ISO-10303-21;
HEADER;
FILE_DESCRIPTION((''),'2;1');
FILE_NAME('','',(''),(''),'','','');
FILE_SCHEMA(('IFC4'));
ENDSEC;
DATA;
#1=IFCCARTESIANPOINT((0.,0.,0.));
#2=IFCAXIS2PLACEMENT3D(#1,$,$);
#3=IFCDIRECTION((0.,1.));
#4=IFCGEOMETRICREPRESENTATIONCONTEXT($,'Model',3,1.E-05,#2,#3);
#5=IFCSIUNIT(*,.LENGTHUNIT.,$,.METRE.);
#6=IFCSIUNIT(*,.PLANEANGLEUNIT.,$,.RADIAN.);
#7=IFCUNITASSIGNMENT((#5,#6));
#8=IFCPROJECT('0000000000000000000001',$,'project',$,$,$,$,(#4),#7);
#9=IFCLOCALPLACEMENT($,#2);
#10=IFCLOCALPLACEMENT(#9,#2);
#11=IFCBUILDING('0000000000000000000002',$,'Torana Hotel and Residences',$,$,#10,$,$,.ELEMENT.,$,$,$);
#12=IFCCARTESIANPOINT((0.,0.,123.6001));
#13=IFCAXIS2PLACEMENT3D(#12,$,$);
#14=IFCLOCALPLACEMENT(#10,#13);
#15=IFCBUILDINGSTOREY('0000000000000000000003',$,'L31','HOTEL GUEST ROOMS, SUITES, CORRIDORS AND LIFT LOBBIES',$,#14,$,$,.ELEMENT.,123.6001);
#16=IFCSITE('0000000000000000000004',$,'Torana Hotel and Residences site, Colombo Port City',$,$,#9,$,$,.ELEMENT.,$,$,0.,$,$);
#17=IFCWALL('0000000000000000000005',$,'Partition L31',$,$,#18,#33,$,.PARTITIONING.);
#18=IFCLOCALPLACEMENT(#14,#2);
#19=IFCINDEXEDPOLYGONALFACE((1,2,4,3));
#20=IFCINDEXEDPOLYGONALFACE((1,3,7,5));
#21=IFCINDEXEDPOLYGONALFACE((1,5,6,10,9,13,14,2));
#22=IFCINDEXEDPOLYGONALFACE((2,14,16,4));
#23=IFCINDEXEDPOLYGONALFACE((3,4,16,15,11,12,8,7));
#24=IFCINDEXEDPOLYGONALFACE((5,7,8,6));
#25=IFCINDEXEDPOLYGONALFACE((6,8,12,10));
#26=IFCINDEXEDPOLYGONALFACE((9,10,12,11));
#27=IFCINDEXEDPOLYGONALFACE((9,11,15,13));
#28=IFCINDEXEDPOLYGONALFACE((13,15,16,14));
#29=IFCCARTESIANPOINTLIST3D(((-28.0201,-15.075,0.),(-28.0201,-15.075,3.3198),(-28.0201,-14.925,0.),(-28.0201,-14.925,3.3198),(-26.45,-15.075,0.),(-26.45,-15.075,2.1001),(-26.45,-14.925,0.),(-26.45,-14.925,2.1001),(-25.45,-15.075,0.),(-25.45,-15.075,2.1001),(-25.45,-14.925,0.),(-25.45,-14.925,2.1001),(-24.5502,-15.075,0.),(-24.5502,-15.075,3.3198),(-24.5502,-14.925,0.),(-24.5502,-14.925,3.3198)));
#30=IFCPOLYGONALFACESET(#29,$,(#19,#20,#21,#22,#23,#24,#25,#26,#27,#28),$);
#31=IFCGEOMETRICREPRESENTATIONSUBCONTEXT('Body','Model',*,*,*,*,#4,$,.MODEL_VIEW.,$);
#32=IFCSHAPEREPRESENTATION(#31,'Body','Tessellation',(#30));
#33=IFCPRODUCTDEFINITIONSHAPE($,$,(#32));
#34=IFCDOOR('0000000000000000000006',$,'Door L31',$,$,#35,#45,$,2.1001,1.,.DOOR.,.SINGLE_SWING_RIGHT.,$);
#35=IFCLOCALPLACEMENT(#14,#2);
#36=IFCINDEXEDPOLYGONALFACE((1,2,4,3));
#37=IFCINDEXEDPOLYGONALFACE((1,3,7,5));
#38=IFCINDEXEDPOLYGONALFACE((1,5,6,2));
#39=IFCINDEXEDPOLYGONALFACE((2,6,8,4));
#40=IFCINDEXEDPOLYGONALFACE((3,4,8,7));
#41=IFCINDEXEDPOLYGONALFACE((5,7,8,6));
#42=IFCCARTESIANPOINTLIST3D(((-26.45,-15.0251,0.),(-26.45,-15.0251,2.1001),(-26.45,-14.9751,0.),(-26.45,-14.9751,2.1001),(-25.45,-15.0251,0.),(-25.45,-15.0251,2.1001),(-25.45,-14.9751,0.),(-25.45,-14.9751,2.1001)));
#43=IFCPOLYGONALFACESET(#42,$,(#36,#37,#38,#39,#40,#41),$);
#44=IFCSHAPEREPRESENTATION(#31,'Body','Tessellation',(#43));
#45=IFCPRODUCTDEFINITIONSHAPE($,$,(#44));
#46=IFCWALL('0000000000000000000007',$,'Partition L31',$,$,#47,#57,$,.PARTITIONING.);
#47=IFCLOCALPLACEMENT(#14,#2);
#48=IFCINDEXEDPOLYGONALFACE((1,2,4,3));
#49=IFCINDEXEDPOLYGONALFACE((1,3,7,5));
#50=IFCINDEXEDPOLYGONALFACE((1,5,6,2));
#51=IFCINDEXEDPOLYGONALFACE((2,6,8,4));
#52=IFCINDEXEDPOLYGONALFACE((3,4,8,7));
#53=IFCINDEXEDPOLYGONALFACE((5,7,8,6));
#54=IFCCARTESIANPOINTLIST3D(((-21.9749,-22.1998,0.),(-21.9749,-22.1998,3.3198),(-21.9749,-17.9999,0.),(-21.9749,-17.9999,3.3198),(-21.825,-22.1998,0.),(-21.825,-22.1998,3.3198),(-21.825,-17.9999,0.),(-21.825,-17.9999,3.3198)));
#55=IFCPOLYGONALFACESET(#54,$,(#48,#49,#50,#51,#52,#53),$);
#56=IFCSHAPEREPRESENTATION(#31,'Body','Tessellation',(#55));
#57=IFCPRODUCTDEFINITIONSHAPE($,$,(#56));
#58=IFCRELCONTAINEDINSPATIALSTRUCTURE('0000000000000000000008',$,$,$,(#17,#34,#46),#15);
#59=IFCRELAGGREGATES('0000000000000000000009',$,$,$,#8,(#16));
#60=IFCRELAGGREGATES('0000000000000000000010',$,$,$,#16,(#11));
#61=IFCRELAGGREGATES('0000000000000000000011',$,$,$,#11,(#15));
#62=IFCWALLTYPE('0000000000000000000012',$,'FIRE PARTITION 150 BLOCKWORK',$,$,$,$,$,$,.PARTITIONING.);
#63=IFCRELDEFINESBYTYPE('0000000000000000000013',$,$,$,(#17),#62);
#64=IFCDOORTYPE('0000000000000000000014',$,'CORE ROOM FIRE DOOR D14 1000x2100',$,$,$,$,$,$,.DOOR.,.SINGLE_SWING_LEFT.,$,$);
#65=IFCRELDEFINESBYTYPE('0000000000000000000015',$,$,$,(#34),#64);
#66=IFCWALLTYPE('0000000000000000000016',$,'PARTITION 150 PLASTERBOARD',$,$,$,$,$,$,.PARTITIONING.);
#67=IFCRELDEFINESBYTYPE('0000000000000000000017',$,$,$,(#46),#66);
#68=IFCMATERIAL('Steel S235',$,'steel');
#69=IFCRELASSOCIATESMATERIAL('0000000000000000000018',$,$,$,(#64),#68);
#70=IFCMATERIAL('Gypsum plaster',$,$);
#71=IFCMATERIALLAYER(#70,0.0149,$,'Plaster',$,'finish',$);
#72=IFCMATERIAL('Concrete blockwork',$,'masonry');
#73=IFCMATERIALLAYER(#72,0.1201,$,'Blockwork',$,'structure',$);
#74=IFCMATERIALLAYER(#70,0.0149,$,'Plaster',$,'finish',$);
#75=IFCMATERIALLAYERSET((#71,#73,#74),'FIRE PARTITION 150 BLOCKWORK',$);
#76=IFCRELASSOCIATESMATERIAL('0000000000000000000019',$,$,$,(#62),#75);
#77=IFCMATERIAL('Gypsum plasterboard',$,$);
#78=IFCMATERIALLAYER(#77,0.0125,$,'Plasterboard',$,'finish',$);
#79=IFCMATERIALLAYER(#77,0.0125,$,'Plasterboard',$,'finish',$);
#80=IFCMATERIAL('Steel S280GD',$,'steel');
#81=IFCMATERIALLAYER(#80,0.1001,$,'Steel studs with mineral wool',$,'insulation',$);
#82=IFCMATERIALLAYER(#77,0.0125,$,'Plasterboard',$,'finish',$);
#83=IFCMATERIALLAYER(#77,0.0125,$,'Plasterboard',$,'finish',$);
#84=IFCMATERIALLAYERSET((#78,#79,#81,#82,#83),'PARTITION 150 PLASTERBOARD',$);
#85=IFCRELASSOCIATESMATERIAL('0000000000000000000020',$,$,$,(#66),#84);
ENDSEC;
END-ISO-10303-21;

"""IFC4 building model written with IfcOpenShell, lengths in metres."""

from ifc_helpers import new_model, si_unit, direction, frame, frame_2d, origin, place, context, subcontext, project, spatial, rectangle, extrude, material, layer, layer_set, type_object, element, fill, save


model = new_model("IFC4")

# Units and contexts
model_context = context("Model", 3, precision=1e-05, world=origin(), true_north=direction((0.0, 1.0)))
body_context = subcontext(model_context, "Body", "Model", "MODEL_VIEW")
ifc_project = project(units=[si_unit("LENGTHUNIT", "METRE"), si_unit("PLANEANGLEUNIT", "RADIAN")], contexts=[model_context])

# Site, building, storey
site_placement = place(None, origin())
site = spatial("IfcSite", under=ifc_project, at=site_placement, Name="Torana Hotel and Residences site, Colombo Port City", CompositionType="ELEMENT", RefElevation=0.0)
building_placement = place(site_placement, origin())
building = spatial("IfcBuilding", under=site, at=building_placement, Name="Torana Hotel and Residences", CompositionType="ELEMENT")
storey_placement = place(building_placement, frame((0.0, 0.0, 123.6001)))
storey = spatial("IfcBuildingStorey", under=building, at=storey_placement, Name="L31", Description="HOTEL GUEST ROOMS, SUITES, CORRIDORS AND LIFT LOBBIES", CompositionType="ELEMENT", Elevation=123.6001)

# Shared definitions
ifc_material_1 = material(Name="Steel S235", Category="steel")
door_type_1 = type_object("IfcDoorType", Name="CORE ROOM FIRE DOOR D14 1000x2100", OperationType="SINGLE_SWING_LEFT", PredefinedType="DOOR", material=ifc_material_1)

# Wall, opening, door
ifc_material_2 = material(Name="Gypsum plaster")
ifc_layer_1 = layer(ifc_material_2, 0.0149, Name="Plaster", Category="finish")
ifc_material_3 = material(Name="Concrete blockwork", Category="masonry")
ifc_layer_2 = layer(ifc_material_3, 0.1201, Name="Blockwork", Category="structure")
ifc_layer_3 = layer(ifc_material_2, 0.0149, Name="Plaster", Category="finish")
ifc_layer_set_1 = layer_set([ifc_layer_1, ifc_layer_2, ifc_layer_3], Name="FIRE PARTITION 150 BLOCKWORK")
wall_type_1 = type_object("IfcWallType", Name="FIRE PARTITION 150 BLOCKWORK", PredefinedType="PARTITIONING", material=ifc_layer_set_1)
wall_1_placement = place(storey_placement, frame((-28.02, -15.0, 0.0), z_axis=(0.0, 0.0, 1.0), x_axis=(1.0, 0.0, 0.0)))
wall_1 = element("IfcWall", 1, at=wall_1_placement, inside=storey, type_object=wall_type_1, Name="Partition L31", PredefinedType="PARTITIONING", context=body_context, shape_type="SweptSolid", body=[
    extrude(rectangle(XDim=3.47, YDim=0.1499, at=frame_2d((1.7349, 0.0))), origin(), (0.0, 0.0, 1.0), 3.3198),
])
opening_1_placement = place(wall_1_placement, frame((1.5701, 0.0, 0.0)))
opening_1 = element("IfcOpeningElement", 2, at=opening_1_placement, cuts=wall_1, PredefinedType="OPENING", context=body_context, shape_type="SweptSolid", body=[
    extrude(rectangle(XDim=1.0, YDim=2.1001, at=frame_2d((0.5, 1.05))), frame((0.0, 0.085, 0.0), z_axis=(0.0, -1.0, 0.0), x_axis=(1.0, 0.0, 0.0)), (0.0, 0.0, 1.0), 0.1699),
])
door_1_placement = place(opening_1_placement, origin())
door_1 = element("IfcDoor", 3, at=door_1_placement, inside=storey, type_object=door_type_1, Name="Door L31", OperationType="SINGLE_SWING_RIGHT", OverallHeight=2.1001, OverallWidth=1.0, PredefinedType="DOOR", context=body_context, shape_type="SweptSolid", body=[
    extrude(rectangle(XDim=1.0, YDim=2.1001, at=frame_2d((0.5, 1.05))), frame((0.0, 0.0249, 0.0), z_axis=(0.0, -1.0, 0.0), x_axis=(1.0, 0.0, 0.0)), (0.0, 0.0, 1.0), 0.05),
])
fill(opening_1, door_1)

# Wall
ifc_material_4 = material(Name="Gypsum plasterboard")
ifc_layer_4 = layer(ifc_material_4, 0.0125, Name="Plasterboard", Category="finish")
ifc_layer_5 = layer(ifc_material_4, 0.0125, Name="Plasterboard", Category="finish")
ifc_material_5 = material(Name="Steel S280GD", Category="steel")
ifc_layer_6 = layer(ifc_material_5, 0.1001, Name="Steel studs with mineral wool", Category="insulation")
ifc_layer_7 = layer(ifc_material_4, 0.0125, Name="Plasterboard", Category="finish")
ifc_layer_8 = layer(ifc_material_4, 0.0125, Name="Plasterboard", Category="finish")
ifc_layer_set_2 = layer_set([ifc_layer_4, ifc_layer_5, ifc_layer_6, ifc_layer_7, ifc_layer_8], Name="PARTITION 150 PLASTERBOARD")
wall_type_2 = type_object("IfcWallType", Name="PARTITION 150 PLASTERBOARD", PredefinedType="PARTITIONING", material=ifc_layer_set_2)
wall_2_placement = place(storey_placement, frame((-21.8999, -22.2, 0.0), z_axis=(0.0, 0.0, 1.0), x_axis=(0.0, 1.0, 0.0)))
element("IfcWall", 4, at=wall_2_placement, inside=storey, type_object=wall_type_2, Name="Partition L31", PredefinedType="PARTITIONING", context=body_context, shape_type="SweptSolid", body=[
    extrude(rectangle(XDim=4.2, YDim=0.1499, at=frame_2d((2.1001, 0.0))), origin(), (0.0, 0.0, 1.0), 3.3198),
])

save(model, "model.ifc")
